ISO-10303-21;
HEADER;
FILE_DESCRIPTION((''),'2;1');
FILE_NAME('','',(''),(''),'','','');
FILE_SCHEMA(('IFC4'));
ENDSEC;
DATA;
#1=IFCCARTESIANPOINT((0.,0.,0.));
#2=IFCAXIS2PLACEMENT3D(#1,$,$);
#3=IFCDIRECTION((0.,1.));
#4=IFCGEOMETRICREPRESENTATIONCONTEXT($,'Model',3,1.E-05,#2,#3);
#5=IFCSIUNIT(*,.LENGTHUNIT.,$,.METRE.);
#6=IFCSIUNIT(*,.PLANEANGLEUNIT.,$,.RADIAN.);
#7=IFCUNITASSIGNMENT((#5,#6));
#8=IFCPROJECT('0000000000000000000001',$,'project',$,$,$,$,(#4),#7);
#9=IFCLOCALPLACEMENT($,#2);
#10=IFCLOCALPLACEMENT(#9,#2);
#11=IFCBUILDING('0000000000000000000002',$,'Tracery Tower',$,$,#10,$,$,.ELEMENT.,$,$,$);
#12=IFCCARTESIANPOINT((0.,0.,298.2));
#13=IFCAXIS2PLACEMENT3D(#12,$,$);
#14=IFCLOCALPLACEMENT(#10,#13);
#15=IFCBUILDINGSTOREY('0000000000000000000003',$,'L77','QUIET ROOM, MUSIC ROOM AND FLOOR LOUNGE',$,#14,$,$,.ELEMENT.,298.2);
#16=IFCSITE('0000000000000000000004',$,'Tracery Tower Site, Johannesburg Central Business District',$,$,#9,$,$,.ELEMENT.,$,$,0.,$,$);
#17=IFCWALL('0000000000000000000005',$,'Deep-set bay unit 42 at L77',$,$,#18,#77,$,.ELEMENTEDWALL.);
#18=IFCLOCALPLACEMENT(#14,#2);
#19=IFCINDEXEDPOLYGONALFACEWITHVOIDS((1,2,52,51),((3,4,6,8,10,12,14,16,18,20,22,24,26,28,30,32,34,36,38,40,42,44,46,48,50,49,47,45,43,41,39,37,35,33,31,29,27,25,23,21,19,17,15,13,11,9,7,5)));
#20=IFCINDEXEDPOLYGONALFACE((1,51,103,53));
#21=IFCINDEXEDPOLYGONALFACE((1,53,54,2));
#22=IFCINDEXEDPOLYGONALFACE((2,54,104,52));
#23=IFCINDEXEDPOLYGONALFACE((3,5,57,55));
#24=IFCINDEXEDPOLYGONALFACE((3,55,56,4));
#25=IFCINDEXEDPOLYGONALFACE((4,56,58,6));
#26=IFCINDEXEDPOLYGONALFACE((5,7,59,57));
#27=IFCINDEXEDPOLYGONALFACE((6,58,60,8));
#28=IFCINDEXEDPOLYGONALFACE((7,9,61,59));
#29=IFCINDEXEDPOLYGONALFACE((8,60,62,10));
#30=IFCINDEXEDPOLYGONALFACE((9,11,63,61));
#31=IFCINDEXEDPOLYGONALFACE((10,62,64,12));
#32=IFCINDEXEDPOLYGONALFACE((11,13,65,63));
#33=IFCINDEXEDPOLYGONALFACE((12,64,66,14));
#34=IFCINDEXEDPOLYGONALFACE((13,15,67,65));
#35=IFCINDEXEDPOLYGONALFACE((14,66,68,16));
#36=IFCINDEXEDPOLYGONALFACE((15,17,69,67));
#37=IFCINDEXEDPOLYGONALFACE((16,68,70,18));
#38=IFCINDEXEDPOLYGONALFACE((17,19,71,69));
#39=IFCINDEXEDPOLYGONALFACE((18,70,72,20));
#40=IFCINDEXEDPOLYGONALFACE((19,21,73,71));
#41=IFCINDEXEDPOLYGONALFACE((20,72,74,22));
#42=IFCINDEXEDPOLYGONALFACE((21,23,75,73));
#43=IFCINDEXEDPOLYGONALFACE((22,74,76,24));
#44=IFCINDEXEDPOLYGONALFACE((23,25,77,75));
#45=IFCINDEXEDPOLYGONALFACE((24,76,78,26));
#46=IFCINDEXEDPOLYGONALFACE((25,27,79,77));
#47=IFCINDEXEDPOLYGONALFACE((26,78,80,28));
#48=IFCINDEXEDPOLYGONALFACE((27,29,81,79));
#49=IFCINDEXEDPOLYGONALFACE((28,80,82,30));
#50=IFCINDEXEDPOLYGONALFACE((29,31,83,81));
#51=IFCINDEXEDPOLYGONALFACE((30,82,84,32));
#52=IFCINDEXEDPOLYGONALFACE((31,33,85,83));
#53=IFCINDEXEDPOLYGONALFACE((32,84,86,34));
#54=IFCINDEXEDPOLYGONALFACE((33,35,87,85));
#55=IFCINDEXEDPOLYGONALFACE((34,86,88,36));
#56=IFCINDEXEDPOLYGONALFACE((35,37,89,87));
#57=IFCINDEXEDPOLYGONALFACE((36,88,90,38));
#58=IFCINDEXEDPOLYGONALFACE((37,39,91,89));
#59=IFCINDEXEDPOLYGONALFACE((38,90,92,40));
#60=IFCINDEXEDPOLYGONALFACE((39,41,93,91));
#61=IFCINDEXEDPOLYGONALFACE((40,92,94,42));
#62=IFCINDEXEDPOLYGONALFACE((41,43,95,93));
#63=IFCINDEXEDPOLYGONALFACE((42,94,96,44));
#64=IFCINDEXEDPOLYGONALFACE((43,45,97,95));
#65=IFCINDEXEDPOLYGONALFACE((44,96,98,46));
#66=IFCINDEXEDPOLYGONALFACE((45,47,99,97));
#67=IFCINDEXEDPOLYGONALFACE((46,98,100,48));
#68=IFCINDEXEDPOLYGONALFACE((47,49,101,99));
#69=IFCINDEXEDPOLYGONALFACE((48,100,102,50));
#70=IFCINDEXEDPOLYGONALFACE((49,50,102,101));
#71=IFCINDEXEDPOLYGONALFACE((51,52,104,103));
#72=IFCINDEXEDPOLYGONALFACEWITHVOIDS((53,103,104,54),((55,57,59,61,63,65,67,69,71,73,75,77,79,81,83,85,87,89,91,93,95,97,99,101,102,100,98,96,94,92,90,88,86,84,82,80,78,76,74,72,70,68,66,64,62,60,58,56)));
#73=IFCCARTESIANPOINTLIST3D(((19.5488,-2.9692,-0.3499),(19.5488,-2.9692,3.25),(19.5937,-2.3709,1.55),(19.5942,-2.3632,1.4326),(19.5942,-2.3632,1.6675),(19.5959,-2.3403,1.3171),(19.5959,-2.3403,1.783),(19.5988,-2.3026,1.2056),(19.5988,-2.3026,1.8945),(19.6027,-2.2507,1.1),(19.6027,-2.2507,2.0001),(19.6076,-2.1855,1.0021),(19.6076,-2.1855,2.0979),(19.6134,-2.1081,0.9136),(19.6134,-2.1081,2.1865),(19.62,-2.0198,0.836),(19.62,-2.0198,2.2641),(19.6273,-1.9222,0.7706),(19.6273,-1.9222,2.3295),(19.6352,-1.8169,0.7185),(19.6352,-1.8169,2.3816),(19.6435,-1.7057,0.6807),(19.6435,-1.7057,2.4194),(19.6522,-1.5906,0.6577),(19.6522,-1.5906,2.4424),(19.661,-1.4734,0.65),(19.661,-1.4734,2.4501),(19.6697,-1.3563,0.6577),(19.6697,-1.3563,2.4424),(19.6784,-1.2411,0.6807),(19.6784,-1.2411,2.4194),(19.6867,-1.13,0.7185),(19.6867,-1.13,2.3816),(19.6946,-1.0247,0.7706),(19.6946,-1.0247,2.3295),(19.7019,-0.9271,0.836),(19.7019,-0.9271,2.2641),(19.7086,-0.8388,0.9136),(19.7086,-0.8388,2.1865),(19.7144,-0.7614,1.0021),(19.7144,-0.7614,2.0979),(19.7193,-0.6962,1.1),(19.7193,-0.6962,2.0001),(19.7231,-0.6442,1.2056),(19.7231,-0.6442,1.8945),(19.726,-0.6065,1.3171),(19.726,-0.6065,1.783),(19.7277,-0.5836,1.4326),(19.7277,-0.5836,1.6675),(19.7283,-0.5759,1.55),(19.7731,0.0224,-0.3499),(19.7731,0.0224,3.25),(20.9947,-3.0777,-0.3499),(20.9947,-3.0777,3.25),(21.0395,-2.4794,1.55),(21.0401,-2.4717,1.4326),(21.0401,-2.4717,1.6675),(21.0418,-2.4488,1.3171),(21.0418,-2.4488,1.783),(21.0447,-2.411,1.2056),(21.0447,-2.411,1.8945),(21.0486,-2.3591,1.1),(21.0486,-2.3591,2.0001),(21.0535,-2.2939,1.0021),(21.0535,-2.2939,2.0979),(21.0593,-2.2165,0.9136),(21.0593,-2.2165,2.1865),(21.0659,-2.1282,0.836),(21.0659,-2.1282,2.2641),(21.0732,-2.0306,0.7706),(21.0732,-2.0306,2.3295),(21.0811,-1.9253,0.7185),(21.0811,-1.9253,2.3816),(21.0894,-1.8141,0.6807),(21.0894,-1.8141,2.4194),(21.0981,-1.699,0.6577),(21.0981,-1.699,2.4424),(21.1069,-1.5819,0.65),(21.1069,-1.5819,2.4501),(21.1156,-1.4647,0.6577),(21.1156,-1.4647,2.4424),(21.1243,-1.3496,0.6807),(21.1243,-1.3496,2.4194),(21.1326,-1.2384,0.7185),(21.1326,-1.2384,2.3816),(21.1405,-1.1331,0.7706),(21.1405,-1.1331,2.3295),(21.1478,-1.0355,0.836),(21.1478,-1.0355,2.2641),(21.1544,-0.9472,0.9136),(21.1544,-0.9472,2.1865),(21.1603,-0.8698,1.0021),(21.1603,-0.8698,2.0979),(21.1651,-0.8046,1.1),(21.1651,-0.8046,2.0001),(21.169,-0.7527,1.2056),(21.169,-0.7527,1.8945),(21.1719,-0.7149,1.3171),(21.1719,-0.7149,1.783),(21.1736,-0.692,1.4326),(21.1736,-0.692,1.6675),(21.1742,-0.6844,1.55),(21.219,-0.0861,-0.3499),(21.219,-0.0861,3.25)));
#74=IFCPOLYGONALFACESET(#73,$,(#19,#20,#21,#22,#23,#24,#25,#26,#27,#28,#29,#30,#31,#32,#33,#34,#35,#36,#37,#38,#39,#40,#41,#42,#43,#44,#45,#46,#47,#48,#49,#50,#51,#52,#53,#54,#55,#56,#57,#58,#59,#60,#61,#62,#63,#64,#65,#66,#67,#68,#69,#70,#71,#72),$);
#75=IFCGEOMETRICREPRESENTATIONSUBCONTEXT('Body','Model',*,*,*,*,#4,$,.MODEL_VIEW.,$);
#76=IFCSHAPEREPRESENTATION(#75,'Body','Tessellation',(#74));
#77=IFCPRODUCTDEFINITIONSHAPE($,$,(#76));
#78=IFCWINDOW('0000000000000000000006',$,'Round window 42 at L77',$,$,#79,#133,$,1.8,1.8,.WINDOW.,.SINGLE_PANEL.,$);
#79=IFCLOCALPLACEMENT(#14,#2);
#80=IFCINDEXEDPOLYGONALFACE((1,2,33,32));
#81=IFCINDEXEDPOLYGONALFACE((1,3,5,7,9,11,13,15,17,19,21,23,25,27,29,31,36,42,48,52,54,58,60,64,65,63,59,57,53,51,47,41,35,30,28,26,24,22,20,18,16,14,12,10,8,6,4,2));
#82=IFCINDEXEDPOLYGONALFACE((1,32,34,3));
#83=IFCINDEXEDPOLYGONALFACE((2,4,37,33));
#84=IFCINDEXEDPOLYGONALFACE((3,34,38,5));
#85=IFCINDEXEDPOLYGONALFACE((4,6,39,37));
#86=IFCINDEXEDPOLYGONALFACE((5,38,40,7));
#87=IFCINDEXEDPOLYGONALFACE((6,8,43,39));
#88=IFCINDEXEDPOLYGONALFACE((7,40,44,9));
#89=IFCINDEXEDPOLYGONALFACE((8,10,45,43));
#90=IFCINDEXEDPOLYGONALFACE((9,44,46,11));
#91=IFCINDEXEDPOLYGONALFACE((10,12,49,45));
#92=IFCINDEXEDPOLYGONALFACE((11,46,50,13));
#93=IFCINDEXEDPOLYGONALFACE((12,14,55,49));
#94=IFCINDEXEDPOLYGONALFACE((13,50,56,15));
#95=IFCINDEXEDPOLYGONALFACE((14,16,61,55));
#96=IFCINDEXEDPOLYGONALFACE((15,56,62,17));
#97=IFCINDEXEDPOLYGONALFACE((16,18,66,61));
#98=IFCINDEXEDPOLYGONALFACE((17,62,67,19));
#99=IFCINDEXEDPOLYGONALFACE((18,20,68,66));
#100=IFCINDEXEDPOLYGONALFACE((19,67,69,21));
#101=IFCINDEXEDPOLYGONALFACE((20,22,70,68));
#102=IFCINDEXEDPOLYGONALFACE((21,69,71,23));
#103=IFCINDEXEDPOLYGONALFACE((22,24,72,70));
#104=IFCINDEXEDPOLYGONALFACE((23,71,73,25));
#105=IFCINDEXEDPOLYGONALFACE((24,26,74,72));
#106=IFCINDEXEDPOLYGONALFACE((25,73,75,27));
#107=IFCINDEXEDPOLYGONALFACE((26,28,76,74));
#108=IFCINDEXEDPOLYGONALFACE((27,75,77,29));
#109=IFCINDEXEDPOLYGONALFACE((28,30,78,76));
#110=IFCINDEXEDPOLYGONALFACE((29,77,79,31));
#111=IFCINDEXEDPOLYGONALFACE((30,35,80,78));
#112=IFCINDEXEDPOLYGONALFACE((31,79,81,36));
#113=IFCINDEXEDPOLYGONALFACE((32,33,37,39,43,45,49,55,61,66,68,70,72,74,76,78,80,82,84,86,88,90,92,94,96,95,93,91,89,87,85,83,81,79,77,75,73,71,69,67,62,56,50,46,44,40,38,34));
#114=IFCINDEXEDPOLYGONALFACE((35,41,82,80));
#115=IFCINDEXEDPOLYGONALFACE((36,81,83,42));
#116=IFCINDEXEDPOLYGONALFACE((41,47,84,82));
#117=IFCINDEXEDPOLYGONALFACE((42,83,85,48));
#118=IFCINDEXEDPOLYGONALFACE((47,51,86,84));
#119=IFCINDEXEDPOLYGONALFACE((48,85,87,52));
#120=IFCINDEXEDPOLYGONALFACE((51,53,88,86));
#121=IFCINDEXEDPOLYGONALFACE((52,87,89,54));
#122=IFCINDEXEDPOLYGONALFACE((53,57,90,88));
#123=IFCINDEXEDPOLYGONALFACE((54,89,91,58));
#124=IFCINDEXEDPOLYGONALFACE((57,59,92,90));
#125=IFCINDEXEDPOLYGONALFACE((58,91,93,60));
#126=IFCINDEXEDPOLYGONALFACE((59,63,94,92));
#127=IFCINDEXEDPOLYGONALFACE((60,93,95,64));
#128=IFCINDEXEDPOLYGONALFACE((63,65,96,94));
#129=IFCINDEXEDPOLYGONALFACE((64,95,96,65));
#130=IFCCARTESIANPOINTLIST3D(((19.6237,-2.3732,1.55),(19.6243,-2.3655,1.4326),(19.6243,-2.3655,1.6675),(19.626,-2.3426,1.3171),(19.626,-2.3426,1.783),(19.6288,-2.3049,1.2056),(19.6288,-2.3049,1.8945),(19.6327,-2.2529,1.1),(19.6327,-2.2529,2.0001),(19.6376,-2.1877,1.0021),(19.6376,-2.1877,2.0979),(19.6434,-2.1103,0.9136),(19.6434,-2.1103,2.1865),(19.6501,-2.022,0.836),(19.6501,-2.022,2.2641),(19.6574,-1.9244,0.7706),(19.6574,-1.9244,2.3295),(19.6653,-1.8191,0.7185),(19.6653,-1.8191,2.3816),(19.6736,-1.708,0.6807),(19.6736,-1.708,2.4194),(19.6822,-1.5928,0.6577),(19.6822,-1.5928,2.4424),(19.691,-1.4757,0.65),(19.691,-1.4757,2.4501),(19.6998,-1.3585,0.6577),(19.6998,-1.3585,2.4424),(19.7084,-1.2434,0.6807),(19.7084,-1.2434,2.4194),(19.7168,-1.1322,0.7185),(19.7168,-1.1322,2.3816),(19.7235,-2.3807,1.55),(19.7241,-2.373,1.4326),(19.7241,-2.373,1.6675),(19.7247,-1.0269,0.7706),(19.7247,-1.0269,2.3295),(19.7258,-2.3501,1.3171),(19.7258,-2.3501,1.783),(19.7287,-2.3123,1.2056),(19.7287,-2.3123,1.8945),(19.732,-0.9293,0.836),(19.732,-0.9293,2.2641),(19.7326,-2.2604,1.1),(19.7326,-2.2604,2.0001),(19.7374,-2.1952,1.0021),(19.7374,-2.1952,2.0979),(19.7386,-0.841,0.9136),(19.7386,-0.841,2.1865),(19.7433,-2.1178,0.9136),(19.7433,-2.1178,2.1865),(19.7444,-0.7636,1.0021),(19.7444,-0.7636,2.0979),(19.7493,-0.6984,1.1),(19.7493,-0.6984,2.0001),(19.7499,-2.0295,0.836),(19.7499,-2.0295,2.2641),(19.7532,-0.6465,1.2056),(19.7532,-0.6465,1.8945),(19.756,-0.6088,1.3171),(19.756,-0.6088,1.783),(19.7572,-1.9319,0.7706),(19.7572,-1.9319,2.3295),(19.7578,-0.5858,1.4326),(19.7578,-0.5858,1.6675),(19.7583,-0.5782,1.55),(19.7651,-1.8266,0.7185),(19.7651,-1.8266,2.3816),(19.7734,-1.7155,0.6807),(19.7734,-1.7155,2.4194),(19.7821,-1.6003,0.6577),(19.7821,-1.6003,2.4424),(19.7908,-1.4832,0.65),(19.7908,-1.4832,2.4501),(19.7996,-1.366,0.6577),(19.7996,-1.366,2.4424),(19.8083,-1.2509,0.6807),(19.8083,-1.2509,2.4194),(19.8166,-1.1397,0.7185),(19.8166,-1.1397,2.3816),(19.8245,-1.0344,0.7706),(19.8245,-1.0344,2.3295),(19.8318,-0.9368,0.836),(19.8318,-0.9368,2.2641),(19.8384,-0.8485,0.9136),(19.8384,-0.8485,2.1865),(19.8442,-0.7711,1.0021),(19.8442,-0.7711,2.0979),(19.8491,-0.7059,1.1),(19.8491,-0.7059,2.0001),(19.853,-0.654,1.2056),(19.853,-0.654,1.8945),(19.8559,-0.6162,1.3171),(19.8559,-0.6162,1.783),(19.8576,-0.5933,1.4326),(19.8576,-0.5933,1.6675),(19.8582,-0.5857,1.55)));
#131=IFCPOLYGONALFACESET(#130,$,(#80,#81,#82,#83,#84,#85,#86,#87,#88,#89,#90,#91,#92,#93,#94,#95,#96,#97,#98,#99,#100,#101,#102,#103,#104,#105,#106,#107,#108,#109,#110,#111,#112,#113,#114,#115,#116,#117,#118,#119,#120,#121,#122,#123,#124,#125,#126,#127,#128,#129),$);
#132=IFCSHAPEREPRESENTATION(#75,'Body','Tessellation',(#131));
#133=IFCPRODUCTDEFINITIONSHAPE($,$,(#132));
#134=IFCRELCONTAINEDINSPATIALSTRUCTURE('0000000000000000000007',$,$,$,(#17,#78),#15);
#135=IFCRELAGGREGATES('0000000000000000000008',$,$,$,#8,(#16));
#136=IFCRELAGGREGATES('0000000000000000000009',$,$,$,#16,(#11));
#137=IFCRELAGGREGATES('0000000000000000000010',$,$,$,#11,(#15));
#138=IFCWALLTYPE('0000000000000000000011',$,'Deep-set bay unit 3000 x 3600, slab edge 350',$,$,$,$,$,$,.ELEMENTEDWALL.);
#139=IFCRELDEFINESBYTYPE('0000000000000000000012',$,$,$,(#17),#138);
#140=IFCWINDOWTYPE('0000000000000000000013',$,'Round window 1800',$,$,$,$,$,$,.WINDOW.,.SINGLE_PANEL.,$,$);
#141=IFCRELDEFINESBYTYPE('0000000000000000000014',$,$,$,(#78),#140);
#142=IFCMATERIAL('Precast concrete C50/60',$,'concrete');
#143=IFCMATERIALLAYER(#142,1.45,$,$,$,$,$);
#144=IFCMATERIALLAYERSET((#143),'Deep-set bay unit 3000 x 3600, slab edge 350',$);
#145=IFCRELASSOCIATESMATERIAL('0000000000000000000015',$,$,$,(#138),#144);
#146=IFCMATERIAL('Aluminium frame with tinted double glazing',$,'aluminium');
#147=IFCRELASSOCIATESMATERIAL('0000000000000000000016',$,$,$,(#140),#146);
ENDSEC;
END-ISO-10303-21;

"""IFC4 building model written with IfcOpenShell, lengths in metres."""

from ifc_helpers import new_model, si_unit, direction, frame, frame_2d, origin, origin_2d, place, context, subcontext, project, spatial, rectangle, circle, extrude, material, layer, layer_set, type_object, element, fill, save


model = new_model("IFC4")

# Units and contexts
model_context = context("Model", 3, precision=1e-05, world=origin(), true_north=direction((0.0, 1.0)))
body_context = subcontext(model_context, "Body", "Model", "MODEL_VIEW")
ifc_project = project(units=[si_unit("LENGTHUNIT", "METRE"), si_unit("PLANEANGLEUNIT", "RADIAN")], contexts=[model_context])

# Site, building, storey
site_placement = place(None, origin())
site = spatial("IfcSite", under=ifc_project, at=site_placement, Name="Tracery Tower Site, Johannesburg Central Business District", CompositionType="ELEMENT", RefElevation=0.0)
building_placement = place(site_placement, origin())
building = spatial("IfcBuilding", under=site, at=building_placement, Name="Tracery Tower", CompositionType="ELEMENT")
storey_placement = place(building_placement, frame((0.0, 0.0, 298.2)))
storey = spatial("IfcBuildingStorey", under=building, at=storey_placement, Name="L77", Description="QUIET ROOM, MUSIC ROOM AND FLOOR LOUNGE", CompositionType="ELEMENT", Elevation=298.2)

# Wall, opening, window
ifc_material_1 = material(Name="Precast concrete C50/60", Category="concrete")
ifc_layer_1 = layer(ifc_material_1, 1.45)
ifc_layer_set_1 = layer_set([ifc_layer_1], Name="Deep-set bay unit 3000 x 3600, slab edge 350")
wall_type_1 = type_object("IfcWallType", Name="Deep-set bay unit 3000 x 3600, slab edge 350", PredefinedType="ELEMENTEDWALL", material=ifc_layer_set_1)
wall_1_placement = place(storey_placement, frame((20.2717, -3.0234, -0.3499), z_axis=(0.0, 0.0, 1.0), x_axis=(0.074786, 0.9972, 0.0)))
wall_1 = element("IfcWall", 1, at=wall_1_placement, inside=storey, type_object=wall_type_1, Name="Deep-set bay unit 42 at L77", PredefinedType="ELEMENTEDWALL", context=body_context, shape_type="SweptSolid", body=[
    extrude(rectangle(XDim=3.0, YDim=1.45, at=frame_2d((1.5, 0.0))), origin(), (0.0, 0.0, 1.0), 3.5999),
])
opening_1_placement = place(wall_1_placement, frame((1.5, 0.0, 1.8999)))
opening_1 = element("IfcOpeningElement", 2, at=opening_1_placement, cuts=wall_1, PredefinedType="OPENING", context=body_context, shape_type="SweptSolid", body=[
    extrude(circle(Radius=0.9, at=origin_2d()), frame((0.0, 0.7349, 0.0), z_axis=(0.0, -1.0, 0.0), x_axis=(1.0, 0.0, 0.0)), (0.0, 0.0, 1.0), 1.47),
])
ifc_material_2 = material(Name="Aluminium frame with tinted double glazing", Category="aluminium")
window_type = type_object("IfcWindowType", Name="Round window 1800", PartitioningType="SINGLE_PANEL", PredefinedType="WINDOW", material=ifc_material_2)
window_1_placement = place(opening_1_placement, origin())
window_1 = element("IfcWindow", 3, at=window_1_placement, inside=storey, type_object=window_type, Name="Round window 42 at L77", OverallHeight=1.8, OverallWidth=1.8, PartitioningType="SINGLE_PANEL", PredefinedType="WINDOW", context=body_context, shape_type="SweptSolid", body=[
    extrude(circle(Radius=0.9, at=origin_2d()), frame((0.0, 0.6948, 0.0), z_axis=(0.0, -1.0, 0.0), x_axis=(1.0, 0.0, 0.0)), (0.0, 0.0, 1.0), 0.1001),
])
fill(opening_1, window_1)

save(model, "model.ifc")
